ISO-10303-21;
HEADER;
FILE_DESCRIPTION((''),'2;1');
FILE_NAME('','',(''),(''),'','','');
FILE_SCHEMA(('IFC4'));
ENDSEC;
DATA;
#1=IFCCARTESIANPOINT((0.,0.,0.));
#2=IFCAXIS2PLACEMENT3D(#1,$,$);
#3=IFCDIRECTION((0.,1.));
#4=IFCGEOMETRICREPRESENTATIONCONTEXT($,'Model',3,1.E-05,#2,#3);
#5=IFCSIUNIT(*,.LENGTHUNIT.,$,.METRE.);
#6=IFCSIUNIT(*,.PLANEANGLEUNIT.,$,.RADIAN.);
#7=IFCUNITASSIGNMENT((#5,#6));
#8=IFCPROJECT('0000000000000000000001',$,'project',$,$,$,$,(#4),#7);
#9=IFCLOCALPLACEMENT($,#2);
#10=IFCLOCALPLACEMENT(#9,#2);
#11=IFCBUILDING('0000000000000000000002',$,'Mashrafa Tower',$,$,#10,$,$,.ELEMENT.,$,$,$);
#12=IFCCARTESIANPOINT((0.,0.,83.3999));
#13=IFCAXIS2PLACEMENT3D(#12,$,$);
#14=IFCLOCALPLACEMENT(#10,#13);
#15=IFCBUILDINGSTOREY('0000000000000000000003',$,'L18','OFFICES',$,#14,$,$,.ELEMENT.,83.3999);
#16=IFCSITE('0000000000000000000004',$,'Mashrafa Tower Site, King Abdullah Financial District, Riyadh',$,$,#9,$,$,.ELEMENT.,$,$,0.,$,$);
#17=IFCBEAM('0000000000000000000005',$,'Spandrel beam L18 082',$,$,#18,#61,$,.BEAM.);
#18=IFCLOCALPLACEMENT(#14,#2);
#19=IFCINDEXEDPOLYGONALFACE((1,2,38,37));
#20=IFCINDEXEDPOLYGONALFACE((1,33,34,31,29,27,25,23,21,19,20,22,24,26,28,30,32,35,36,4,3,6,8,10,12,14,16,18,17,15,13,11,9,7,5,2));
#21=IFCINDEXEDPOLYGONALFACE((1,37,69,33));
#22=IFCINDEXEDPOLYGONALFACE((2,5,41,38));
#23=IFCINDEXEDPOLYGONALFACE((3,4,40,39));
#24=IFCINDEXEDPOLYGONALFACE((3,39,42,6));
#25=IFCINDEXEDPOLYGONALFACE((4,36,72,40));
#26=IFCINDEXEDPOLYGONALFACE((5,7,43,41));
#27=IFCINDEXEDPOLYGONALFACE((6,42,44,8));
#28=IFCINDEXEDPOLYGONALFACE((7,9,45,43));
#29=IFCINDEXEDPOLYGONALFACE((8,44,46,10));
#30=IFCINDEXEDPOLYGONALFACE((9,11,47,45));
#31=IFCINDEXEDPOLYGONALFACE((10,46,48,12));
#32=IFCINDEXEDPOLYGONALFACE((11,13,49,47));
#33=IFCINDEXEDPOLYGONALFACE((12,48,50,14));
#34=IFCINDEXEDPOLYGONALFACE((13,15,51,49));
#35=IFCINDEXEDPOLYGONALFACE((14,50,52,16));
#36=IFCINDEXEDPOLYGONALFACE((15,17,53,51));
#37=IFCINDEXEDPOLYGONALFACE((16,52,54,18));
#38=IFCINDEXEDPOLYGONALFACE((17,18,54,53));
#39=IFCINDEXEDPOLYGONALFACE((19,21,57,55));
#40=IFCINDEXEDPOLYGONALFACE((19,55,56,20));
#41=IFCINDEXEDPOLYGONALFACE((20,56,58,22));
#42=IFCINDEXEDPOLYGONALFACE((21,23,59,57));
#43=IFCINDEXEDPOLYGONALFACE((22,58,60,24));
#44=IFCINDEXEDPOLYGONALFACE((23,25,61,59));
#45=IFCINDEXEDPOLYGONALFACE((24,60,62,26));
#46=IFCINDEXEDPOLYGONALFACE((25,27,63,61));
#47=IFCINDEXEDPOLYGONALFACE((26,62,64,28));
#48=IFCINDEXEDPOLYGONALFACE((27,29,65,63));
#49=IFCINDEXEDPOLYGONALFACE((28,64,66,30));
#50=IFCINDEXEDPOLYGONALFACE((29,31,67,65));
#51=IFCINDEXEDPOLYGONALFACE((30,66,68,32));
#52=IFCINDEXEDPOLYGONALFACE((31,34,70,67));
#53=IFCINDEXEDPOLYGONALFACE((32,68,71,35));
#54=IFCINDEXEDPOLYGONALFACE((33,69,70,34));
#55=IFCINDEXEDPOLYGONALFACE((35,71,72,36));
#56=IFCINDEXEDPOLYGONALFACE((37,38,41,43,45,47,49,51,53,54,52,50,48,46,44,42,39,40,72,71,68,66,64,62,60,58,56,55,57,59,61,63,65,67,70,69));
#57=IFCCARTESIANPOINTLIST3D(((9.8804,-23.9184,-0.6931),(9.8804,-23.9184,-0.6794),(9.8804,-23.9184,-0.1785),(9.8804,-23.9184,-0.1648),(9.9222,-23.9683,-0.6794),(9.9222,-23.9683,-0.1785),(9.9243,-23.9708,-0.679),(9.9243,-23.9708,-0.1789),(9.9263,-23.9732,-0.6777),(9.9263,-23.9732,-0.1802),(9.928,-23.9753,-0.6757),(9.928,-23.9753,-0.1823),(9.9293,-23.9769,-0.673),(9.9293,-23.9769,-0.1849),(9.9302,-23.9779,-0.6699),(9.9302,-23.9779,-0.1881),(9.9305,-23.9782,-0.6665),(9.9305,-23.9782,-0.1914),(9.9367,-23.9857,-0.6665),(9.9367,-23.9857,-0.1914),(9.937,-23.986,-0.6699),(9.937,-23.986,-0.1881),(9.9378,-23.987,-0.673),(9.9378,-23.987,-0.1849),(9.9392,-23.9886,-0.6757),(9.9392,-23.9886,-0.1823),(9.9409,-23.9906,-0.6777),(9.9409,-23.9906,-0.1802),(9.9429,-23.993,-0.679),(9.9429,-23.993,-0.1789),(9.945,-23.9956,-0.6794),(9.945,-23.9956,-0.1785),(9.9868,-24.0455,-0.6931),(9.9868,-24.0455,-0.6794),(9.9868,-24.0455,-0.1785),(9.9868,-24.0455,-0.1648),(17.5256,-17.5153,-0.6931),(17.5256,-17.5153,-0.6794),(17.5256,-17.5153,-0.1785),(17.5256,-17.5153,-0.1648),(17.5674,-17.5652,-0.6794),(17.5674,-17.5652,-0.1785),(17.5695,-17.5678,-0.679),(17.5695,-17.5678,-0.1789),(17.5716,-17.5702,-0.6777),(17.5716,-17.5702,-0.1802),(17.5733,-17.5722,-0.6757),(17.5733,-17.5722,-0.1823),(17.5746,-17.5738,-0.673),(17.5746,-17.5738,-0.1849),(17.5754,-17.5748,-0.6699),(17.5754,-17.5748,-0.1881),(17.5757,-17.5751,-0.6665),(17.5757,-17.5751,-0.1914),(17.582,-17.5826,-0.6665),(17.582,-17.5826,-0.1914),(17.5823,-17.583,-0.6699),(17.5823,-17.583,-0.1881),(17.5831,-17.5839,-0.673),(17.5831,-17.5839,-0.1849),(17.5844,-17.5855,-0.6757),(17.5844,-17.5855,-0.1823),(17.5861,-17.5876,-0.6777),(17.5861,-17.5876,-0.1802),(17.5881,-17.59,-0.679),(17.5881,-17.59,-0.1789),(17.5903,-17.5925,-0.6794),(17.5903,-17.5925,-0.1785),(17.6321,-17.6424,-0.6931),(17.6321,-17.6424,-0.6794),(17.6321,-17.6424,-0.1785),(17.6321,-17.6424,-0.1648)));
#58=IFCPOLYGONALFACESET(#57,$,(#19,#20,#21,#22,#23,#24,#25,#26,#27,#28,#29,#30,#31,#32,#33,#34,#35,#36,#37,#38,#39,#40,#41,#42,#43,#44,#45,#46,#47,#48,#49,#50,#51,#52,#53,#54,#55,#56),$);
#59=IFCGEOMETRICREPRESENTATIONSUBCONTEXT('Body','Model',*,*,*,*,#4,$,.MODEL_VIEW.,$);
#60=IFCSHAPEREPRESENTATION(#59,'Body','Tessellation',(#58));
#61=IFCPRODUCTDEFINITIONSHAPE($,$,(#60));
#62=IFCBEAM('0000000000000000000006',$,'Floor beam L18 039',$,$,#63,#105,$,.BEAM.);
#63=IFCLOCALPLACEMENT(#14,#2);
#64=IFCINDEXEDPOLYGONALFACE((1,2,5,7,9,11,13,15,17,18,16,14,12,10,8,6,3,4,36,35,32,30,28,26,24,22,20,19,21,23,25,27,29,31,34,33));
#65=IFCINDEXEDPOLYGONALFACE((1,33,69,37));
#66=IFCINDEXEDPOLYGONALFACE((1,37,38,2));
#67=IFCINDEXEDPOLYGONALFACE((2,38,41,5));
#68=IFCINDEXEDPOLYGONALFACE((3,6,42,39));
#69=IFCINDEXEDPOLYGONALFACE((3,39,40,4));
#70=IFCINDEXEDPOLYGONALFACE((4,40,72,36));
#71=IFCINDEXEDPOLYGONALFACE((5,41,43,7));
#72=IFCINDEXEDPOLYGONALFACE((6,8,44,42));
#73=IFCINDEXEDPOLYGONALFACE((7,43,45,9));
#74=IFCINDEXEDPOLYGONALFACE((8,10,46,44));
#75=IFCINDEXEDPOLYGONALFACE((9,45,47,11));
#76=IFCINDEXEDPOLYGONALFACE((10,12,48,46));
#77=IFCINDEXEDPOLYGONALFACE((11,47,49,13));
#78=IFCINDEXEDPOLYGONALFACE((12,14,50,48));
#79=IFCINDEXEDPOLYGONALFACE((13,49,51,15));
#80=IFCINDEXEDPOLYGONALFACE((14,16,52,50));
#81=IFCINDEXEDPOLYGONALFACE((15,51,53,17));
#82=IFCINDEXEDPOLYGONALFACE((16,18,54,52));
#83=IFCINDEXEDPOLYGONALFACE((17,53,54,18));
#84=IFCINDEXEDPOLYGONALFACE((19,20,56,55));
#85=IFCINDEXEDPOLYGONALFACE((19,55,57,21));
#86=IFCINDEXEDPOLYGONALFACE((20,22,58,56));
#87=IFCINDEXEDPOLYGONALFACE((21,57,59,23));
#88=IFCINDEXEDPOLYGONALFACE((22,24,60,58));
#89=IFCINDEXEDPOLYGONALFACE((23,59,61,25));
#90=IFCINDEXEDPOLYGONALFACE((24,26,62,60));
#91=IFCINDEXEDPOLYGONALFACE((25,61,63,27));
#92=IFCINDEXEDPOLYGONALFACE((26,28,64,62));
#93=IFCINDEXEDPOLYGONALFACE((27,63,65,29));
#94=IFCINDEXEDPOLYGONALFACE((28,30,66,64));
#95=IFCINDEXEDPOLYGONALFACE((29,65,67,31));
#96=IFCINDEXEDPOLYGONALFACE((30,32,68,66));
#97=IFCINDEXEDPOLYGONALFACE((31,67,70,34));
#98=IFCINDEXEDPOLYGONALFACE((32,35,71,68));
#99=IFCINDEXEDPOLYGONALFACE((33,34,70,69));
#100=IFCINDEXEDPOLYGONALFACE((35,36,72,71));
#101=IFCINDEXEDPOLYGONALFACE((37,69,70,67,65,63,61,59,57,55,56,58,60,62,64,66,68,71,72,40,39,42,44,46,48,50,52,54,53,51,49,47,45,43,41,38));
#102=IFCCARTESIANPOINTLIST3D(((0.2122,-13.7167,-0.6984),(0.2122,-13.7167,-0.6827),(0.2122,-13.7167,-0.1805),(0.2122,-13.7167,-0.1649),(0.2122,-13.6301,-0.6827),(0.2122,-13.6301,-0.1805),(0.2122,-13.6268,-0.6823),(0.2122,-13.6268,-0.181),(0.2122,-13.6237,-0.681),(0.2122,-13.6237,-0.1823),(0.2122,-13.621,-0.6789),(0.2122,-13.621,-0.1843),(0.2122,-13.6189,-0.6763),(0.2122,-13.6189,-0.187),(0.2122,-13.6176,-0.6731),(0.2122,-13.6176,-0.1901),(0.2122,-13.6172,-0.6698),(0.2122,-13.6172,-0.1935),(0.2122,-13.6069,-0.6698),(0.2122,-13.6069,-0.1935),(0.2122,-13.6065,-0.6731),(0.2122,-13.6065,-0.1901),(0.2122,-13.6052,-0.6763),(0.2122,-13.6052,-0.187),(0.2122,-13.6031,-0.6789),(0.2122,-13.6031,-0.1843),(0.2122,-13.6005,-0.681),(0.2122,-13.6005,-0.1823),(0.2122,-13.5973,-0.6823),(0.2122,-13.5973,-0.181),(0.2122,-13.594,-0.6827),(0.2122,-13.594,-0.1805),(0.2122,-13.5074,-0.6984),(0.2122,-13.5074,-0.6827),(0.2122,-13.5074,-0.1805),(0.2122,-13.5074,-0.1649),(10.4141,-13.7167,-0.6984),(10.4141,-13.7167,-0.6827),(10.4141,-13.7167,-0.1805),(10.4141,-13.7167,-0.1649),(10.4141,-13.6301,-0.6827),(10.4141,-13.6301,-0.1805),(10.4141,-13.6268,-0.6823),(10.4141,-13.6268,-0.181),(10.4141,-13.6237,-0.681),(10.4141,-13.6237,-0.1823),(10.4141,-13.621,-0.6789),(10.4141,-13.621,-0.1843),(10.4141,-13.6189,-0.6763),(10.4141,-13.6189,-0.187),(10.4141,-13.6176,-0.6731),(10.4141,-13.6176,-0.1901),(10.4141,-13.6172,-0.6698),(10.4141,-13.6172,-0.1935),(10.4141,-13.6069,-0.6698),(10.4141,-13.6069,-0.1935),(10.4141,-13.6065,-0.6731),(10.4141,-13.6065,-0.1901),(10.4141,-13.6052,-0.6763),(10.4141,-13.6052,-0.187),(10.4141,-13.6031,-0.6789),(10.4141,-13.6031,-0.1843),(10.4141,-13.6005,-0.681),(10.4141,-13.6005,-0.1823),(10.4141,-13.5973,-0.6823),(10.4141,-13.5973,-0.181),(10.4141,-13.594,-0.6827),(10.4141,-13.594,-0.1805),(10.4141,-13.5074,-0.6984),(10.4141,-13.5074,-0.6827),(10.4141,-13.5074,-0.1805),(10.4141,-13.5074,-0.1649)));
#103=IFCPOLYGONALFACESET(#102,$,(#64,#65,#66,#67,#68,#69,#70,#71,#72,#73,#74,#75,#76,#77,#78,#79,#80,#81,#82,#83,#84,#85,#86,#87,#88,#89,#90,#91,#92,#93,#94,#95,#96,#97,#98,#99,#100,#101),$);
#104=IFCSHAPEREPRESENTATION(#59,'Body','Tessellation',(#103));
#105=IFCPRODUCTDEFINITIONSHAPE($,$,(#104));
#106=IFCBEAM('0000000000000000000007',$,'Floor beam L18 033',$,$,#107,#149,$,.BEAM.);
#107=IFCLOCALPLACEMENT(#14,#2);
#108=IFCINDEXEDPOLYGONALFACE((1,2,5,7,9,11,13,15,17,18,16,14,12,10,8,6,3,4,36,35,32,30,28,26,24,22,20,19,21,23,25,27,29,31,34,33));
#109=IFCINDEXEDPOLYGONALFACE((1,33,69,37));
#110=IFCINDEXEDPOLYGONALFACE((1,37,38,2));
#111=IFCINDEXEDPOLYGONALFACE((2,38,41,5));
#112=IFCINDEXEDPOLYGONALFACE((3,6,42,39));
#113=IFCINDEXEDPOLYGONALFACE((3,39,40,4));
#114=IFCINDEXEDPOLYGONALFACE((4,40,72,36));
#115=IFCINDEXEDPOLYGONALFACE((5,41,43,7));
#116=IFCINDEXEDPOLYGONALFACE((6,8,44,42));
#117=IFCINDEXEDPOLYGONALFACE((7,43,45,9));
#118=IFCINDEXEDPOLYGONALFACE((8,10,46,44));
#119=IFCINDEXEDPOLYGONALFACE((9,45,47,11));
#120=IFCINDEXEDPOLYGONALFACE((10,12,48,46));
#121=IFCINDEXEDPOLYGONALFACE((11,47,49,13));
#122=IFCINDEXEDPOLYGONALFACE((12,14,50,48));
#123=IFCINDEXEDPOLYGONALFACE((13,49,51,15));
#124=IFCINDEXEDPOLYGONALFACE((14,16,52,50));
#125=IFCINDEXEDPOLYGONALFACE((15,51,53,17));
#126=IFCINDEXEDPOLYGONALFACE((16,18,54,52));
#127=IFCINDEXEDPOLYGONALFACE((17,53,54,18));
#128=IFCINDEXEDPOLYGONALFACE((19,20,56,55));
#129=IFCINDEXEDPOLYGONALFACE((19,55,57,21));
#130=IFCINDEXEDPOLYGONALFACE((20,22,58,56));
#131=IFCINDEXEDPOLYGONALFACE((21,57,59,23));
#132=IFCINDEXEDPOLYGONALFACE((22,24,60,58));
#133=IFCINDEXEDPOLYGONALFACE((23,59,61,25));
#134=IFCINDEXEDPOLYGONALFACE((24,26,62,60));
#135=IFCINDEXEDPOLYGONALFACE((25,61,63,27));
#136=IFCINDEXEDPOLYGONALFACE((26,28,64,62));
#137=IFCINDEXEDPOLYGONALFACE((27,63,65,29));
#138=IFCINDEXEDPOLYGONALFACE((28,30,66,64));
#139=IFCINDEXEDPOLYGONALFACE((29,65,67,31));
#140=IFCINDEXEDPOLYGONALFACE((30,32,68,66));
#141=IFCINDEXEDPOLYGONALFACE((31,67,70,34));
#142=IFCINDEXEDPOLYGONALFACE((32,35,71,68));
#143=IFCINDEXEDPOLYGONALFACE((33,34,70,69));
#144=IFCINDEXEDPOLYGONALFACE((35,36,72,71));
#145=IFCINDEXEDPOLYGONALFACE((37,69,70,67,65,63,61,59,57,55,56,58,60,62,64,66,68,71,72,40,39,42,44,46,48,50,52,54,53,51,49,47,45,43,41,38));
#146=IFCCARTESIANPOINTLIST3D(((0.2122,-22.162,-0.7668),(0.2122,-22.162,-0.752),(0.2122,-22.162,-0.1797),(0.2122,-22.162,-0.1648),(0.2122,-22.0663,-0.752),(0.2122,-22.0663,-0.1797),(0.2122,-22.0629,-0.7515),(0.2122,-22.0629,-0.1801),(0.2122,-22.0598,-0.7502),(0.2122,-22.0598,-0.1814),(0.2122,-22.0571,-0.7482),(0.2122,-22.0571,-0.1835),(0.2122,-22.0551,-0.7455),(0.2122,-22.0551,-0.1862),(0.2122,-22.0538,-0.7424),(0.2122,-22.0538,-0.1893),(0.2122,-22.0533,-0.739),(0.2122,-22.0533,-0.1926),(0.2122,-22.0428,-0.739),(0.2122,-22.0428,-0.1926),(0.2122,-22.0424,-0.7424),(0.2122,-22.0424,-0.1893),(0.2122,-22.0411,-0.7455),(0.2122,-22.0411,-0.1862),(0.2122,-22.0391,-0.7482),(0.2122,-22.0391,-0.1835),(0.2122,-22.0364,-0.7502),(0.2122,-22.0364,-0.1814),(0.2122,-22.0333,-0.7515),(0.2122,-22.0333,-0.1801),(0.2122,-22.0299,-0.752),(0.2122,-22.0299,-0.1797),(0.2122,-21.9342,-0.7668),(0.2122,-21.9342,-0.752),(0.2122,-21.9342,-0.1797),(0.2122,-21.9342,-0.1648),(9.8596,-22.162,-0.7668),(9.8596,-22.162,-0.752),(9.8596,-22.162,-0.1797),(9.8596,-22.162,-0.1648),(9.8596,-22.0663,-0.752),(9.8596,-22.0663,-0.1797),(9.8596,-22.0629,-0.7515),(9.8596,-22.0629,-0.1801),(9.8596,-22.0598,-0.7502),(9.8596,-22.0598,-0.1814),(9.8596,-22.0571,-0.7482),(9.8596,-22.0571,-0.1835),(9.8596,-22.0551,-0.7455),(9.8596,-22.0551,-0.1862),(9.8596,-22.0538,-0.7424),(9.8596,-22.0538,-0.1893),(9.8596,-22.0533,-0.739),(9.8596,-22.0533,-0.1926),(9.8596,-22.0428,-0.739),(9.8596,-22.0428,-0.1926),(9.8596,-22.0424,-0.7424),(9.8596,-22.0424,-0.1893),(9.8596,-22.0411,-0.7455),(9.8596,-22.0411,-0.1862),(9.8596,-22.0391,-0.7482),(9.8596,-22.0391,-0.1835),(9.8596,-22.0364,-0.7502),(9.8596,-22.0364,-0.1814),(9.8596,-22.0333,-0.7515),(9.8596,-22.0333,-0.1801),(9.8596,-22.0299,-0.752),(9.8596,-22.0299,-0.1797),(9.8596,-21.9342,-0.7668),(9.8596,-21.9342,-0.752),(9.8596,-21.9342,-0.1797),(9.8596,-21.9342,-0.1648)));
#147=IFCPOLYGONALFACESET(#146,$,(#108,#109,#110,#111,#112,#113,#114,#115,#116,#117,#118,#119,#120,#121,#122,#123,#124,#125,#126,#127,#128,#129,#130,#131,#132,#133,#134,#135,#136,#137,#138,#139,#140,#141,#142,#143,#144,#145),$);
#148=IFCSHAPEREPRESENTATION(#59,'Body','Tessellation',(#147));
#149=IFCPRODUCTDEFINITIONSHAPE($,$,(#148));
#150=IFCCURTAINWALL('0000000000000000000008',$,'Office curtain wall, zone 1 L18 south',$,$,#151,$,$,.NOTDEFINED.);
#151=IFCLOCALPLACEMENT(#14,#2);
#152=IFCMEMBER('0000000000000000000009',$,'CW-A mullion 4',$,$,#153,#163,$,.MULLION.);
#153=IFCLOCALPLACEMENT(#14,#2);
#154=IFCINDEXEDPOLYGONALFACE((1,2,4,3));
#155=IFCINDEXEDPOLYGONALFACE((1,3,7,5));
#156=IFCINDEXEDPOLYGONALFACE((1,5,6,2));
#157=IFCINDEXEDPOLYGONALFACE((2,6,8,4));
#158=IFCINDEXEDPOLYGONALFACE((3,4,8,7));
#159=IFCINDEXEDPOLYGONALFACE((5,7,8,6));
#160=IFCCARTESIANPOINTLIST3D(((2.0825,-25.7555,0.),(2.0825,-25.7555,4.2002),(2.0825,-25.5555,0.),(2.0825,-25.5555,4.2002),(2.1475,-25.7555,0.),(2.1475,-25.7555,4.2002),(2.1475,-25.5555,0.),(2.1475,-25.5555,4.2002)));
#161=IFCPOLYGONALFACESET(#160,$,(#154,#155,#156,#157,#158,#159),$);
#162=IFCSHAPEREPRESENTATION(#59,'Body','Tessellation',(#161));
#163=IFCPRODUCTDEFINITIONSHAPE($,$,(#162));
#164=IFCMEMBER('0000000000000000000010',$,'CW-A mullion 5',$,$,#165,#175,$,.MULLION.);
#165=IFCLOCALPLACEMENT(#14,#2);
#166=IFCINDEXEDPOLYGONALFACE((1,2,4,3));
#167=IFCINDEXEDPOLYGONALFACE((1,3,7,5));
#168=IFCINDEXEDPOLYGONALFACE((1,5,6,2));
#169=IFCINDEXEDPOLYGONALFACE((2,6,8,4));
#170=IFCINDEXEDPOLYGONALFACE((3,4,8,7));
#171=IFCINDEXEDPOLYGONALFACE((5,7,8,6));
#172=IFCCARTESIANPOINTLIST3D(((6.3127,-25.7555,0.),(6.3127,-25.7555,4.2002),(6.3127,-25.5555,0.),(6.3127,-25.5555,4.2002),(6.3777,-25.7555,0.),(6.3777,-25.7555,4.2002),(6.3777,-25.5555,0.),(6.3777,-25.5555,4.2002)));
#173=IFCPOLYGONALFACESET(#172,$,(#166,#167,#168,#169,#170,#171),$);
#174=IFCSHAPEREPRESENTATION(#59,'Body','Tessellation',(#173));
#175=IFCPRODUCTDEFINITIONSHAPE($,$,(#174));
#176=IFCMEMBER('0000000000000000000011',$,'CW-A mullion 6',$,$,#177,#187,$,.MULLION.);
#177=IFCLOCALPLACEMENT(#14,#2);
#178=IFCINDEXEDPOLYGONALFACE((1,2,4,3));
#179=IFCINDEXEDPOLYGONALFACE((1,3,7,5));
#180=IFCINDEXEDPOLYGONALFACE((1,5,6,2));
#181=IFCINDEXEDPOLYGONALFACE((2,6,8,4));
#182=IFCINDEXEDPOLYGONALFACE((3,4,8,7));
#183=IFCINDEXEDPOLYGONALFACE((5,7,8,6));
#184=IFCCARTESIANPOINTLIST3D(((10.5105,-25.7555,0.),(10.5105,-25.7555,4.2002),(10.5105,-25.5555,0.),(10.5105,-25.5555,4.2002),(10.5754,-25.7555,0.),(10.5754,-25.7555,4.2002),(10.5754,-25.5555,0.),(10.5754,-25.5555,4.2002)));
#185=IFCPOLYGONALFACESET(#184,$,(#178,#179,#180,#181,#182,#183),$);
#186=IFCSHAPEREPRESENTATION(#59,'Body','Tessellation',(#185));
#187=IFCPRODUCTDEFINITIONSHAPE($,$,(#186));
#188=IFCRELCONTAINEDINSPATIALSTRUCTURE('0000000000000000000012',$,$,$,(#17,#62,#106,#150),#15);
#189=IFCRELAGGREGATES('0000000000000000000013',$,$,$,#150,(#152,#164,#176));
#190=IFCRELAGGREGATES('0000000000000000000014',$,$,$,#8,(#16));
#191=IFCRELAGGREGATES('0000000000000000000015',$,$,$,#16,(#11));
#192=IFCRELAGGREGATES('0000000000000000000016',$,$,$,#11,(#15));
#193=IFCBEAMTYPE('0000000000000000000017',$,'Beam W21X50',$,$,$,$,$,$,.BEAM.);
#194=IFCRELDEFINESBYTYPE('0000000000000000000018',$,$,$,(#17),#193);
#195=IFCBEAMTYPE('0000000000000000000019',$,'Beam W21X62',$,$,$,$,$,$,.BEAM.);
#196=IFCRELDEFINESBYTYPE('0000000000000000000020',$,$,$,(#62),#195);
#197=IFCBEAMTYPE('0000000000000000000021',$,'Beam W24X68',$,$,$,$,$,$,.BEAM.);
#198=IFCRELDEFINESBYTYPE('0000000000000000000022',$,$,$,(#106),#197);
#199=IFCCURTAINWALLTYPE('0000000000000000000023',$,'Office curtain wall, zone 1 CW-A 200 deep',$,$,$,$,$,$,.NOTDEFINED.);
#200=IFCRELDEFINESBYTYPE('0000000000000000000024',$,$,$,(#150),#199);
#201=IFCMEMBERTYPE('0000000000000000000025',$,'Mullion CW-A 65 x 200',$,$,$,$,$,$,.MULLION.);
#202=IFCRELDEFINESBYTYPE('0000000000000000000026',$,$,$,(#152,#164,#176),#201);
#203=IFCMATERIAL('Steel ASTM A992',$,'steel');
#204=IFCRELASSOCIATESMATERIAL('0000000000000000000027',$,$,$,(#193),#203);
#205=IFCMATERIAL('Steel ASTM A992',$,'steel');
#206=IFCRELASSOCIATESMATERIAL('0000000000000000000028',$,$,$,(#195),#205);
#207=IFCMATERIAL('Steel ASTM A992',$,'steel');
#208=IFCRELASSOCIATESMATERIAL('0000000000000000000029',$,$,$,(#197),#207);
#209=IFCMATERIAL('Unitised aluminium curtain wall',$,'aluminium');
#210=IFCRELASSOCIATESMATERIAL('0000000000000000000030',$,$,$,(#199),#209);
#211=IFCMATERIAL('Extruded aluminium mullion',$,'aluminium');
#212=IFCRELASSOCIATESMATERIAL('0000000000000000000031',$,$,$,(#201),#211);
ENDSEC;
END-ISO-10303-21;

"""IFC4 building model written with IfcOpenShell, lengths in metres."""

from ifc_helpers import new_model, si_unit, direction, frame, origin, origin_2d, place, context, subcontext, project, spatial, rectangle, i_section, extrude, source, transform, mapped, material, material_profile, profile_set, type_object, type_shapes, element, aggregate, save


model = new_model("IFC4")

# Units and contexts
model_context = context("Model", 3, precision=1e-05, world=origin(), true_north=direction((0.0, 1.0)))
body_context = subcontext(model_context, "Body", "Model", "MODEL_VIEW")
ifc_project = project(units=[si_unit("LENGTHUNIT", "METRE"), si_unit("PLANEANGLEUNIT", "RADIAN")], contexts=[model_context])

# Site, building, storey
site_placement = place(None, origin())
site = spatial("IfcSite", under=ifc_project, at=site_placement, Name="Mashrafa Tower Site, King Abdullah Financial District, Riyadh", CompositionType="ELEMENT", RefElevation=0.0)
building_placement = place(site_placement, origin())
building = spatial("IfcBuilding", under=site, at=building_placement, Name="Mashrafa Tower", CompositionType="ELEMENT")
storey_placement = place(building_placement, frame((0.0, 0.0, 83.3999)))
storey = spatial("IfcBuildingStorey", under=building, at=storey_placement, Name="L18", Description="OFFICES", CompositionType="ELEMENT", Elevation=83.3999)

# Beams
ifc_material_1 = material(Name="Steel ASTM A992", Category="steel")
ifc_material_profile_1 = material_profile(ifc_material_1, i_section(OverallWidth=0.1658, OverallDepth=0.5283, WebThickness=0.0098, FlangeThickness=0.0137, FilletRadius=0.0129, at=origin_2d()), Name="W21X50")
ifc_profile_set_1 = profile_set([ifc_material_profile_1], Name="Steel ASTM A992")
beam_type_1 = type_object("IfcBeamType", Name="Beam W21X50", PredefinedType="BEAM", material=ifc_profile_set_1)
for number, where, z_axis, x_axis, name in (
    (1, (9.9336, -23.9819, -0.429), (0.76664, 0.642078, 0.0), (-0.642078, 0.76664, 0.0), "Spandrel beam L18 082"),
):
    element("IfcBeam", number, at=place(storey_placement, frame(where, z_axis=z_axis, x_axis=x_axis)), inside=storey, type_object=beam_type_1, Name=name, PredefinedType="BEAM", context=body_context, shape_type="SweptSolid", body=[
        extrude(i_section(OverallWidth=0.1658, OverallDepth=0.5283, WebThickness=0.0098, FlangeThickness=0.0137, FilletRadius=0.0129, at=origin_2d()), origin(), (0.0, 0.0, 1.0), 9.9724),
    ])
ifc_material_2 = material(Name="Steel ASTM A992", Category="steel")
ifc_material_profile_2 = material_profile(ifc_material_2, i_section(OverallWidth=0.2092, OverallDepth=0.5334, WebThickness=0.0103, FlangeThickness=0.0156, FilletRadius=0.0129, at=origin_2d()), Name="W21X62")
ifc_profile_set_2 = profile_set([ifc_material_profile_2], Name="Steel ASTM A992")
beam_type_2 = type_object("IfcBeamType", Name="Beam W21X62", PredefinedType="BEAM", material=ifc_profile_set_2)
beam_1_placement = place(storey_placement, frame((10.4141, -13.6121, -0.4316), z_axis=(-1.0, 0.0, 0.0), x_axis=(0.0, -1.0, 0.0)))
element("IfcBeam", 2, at=beam_1_placement, inside=storey, type_object=beam_type_2, Name="Floor beam L18 039", PredefinedType="BEAM", context=body_context, shape_type="SweptSolid", body=[
    extrude(i_section(OverallWidth=0.2092, OverallDepth=0.5334, WebThickness=0.0103, FlangeThickness=0.0156, FilletRadius=0.0129, at=origin_2d()), origin(), (0.0, 0.0, 1.0), 10.2019),
])
ifc_material_3 = material(Name="Steel ASTM A992", Category="steel")
ifc_material_profile_3 = material_profile(ifc_material_3, i_section(OverallWidth=0.2278, OverallDepth=0.6021, WebThickness=0.0105, FlangeThickness=0.0149, FilletRadius=0.0129, at=origin_2d()), Name="W24X68")
ifc_profile_set_3 = profile_set([ifc_material_profile_3], Name="Steel ASTM A992")
beam_type_3 = type_object("IfcBeamType", Name="Beam W24X68", PredefinedType="BEAM", material=ifc_profile_set_3)
beam_2_placement = place(storey_placement, frame((9.8596, -22.0481, -0.4658), z_axis=(-1.0, 0.0, 0.0), x_axis=(0.0, -1.0, 0.0)))
element("IfcBeam", 3, at=beam_2_placement, inside=storey, type_object=beam_type_3, Name="Floor beam L18 033", PredefinedType="BEAM", context=body_context, shape_type="SweptSolid", body=[
    extrude(i_section(OverallWidth=0.2278, OverallDepth=0.6021, WebThickness=0.0105, FlangeThickness=0.0149, FilletRadius=0.0129, at=origin_2d()), origin(), (0.0, 0.0, 1.0), 9.6475),
])

# Curtain wall, members
ifc_material_4 = material(Name="Unitised aluminium curtain wall", Category="aluminium")
curtain_wall_type = type_object("IfcCurtainWallType", Name="Office curtain wall, zone 1 CW-A 200 deep", PredefinedType="NOTDEFINED", material=ifc_material_4)
curtain_wall_1_placement = place(storey_placement, origin())
curtain_wall_1 = element("IfcCurtainWall", 4, at=curtain_wall_1_placement, inside=storey, type_object=curtain_wall_type, Name="Office curtain wall, zone 1 L18 south", PredefinedType="NOTDEFINED")
ifc_material_5 = material(Name="Extruded aluminium mullion", Category="aluminium")
ifc_material_profile_4 = material_profile(ifc_material_5, rectangle(XDim=0.2, YDim=0.0649, at=origin_2d()), Name="Mullion 65x200")
ifc_profile_set_4 = profile_set([ifc_material_profile_4], Name="Extruded aluminium mullion")
member_type_1 = type_object("IfcMemberType", Name="Mullion CW-A 65 x 200", PredefinedType="MULLION", material=ifc_profile_set_4)
shared_shape_1 = source(origin(), body_context, "Body", "SweptSolid", [
    extrude(rectangle(XDim=0.2, YDim=0.0649, at=origin_2d()), origin(), (0.0, 0.0, 1.0), 4.2002),
])
type_shapes(member_type_1, [shared_shape_1])
member_1_placement = place(storey_placement, frame((2.115, -25.6555, 0.0), z_axis=(0.0, 0.0, 1.0), x_axis=(0.0, 1.0, 0.0)))
member_1 = element("IfcMember", 5, at=member_1_placement, type_object=member_type_1, Name="CW-A mullion 4", PredefinedType="MULLION", context=body_context, shape_type="MappedRepresentation", body=[
    mapped(shared_shape_1, transform((0.0, 0.0, 0.0))),
])
member_2_placement = place(storey_placement, frame((6.3452, -25.6555, 0.0), z_axis=(0.0, 0.0, 1.0), x_axis=(0.0, 1.0, 0.0)))
member_2 = element("IfcMember", 6, at=member_2_placement, type_object=member_type_1, Name="CW-A mullion 5", PredefinedType="MULLION", context=body_context, shape_type="MappedRepresentation", body=[
    mapped(shared_shape_1, transform((0.0, 0.0, 0.0))),
])
member_3_placement = place(storey_placement, frame((10.543, -25.6555, 0.0), z_axis=(0.0, 0.0, 1.0), x_axis=(0.0, 1.0, 0.0)))
member_3 = element("IfcMember", 7, at=member_3_placement, type_object=member_type_1, Name="CW-A mullion 6", PredefinedType="MULLION", context=body_context, shape_type="MappedRepresentation", body=[
    mapped(shared_shape_1, transform((0.0, 0.0, 0.0))),
])

aggregate(curtain_wall_1, [member_1, member_2, member_3])

save(model, "model.ifc")
